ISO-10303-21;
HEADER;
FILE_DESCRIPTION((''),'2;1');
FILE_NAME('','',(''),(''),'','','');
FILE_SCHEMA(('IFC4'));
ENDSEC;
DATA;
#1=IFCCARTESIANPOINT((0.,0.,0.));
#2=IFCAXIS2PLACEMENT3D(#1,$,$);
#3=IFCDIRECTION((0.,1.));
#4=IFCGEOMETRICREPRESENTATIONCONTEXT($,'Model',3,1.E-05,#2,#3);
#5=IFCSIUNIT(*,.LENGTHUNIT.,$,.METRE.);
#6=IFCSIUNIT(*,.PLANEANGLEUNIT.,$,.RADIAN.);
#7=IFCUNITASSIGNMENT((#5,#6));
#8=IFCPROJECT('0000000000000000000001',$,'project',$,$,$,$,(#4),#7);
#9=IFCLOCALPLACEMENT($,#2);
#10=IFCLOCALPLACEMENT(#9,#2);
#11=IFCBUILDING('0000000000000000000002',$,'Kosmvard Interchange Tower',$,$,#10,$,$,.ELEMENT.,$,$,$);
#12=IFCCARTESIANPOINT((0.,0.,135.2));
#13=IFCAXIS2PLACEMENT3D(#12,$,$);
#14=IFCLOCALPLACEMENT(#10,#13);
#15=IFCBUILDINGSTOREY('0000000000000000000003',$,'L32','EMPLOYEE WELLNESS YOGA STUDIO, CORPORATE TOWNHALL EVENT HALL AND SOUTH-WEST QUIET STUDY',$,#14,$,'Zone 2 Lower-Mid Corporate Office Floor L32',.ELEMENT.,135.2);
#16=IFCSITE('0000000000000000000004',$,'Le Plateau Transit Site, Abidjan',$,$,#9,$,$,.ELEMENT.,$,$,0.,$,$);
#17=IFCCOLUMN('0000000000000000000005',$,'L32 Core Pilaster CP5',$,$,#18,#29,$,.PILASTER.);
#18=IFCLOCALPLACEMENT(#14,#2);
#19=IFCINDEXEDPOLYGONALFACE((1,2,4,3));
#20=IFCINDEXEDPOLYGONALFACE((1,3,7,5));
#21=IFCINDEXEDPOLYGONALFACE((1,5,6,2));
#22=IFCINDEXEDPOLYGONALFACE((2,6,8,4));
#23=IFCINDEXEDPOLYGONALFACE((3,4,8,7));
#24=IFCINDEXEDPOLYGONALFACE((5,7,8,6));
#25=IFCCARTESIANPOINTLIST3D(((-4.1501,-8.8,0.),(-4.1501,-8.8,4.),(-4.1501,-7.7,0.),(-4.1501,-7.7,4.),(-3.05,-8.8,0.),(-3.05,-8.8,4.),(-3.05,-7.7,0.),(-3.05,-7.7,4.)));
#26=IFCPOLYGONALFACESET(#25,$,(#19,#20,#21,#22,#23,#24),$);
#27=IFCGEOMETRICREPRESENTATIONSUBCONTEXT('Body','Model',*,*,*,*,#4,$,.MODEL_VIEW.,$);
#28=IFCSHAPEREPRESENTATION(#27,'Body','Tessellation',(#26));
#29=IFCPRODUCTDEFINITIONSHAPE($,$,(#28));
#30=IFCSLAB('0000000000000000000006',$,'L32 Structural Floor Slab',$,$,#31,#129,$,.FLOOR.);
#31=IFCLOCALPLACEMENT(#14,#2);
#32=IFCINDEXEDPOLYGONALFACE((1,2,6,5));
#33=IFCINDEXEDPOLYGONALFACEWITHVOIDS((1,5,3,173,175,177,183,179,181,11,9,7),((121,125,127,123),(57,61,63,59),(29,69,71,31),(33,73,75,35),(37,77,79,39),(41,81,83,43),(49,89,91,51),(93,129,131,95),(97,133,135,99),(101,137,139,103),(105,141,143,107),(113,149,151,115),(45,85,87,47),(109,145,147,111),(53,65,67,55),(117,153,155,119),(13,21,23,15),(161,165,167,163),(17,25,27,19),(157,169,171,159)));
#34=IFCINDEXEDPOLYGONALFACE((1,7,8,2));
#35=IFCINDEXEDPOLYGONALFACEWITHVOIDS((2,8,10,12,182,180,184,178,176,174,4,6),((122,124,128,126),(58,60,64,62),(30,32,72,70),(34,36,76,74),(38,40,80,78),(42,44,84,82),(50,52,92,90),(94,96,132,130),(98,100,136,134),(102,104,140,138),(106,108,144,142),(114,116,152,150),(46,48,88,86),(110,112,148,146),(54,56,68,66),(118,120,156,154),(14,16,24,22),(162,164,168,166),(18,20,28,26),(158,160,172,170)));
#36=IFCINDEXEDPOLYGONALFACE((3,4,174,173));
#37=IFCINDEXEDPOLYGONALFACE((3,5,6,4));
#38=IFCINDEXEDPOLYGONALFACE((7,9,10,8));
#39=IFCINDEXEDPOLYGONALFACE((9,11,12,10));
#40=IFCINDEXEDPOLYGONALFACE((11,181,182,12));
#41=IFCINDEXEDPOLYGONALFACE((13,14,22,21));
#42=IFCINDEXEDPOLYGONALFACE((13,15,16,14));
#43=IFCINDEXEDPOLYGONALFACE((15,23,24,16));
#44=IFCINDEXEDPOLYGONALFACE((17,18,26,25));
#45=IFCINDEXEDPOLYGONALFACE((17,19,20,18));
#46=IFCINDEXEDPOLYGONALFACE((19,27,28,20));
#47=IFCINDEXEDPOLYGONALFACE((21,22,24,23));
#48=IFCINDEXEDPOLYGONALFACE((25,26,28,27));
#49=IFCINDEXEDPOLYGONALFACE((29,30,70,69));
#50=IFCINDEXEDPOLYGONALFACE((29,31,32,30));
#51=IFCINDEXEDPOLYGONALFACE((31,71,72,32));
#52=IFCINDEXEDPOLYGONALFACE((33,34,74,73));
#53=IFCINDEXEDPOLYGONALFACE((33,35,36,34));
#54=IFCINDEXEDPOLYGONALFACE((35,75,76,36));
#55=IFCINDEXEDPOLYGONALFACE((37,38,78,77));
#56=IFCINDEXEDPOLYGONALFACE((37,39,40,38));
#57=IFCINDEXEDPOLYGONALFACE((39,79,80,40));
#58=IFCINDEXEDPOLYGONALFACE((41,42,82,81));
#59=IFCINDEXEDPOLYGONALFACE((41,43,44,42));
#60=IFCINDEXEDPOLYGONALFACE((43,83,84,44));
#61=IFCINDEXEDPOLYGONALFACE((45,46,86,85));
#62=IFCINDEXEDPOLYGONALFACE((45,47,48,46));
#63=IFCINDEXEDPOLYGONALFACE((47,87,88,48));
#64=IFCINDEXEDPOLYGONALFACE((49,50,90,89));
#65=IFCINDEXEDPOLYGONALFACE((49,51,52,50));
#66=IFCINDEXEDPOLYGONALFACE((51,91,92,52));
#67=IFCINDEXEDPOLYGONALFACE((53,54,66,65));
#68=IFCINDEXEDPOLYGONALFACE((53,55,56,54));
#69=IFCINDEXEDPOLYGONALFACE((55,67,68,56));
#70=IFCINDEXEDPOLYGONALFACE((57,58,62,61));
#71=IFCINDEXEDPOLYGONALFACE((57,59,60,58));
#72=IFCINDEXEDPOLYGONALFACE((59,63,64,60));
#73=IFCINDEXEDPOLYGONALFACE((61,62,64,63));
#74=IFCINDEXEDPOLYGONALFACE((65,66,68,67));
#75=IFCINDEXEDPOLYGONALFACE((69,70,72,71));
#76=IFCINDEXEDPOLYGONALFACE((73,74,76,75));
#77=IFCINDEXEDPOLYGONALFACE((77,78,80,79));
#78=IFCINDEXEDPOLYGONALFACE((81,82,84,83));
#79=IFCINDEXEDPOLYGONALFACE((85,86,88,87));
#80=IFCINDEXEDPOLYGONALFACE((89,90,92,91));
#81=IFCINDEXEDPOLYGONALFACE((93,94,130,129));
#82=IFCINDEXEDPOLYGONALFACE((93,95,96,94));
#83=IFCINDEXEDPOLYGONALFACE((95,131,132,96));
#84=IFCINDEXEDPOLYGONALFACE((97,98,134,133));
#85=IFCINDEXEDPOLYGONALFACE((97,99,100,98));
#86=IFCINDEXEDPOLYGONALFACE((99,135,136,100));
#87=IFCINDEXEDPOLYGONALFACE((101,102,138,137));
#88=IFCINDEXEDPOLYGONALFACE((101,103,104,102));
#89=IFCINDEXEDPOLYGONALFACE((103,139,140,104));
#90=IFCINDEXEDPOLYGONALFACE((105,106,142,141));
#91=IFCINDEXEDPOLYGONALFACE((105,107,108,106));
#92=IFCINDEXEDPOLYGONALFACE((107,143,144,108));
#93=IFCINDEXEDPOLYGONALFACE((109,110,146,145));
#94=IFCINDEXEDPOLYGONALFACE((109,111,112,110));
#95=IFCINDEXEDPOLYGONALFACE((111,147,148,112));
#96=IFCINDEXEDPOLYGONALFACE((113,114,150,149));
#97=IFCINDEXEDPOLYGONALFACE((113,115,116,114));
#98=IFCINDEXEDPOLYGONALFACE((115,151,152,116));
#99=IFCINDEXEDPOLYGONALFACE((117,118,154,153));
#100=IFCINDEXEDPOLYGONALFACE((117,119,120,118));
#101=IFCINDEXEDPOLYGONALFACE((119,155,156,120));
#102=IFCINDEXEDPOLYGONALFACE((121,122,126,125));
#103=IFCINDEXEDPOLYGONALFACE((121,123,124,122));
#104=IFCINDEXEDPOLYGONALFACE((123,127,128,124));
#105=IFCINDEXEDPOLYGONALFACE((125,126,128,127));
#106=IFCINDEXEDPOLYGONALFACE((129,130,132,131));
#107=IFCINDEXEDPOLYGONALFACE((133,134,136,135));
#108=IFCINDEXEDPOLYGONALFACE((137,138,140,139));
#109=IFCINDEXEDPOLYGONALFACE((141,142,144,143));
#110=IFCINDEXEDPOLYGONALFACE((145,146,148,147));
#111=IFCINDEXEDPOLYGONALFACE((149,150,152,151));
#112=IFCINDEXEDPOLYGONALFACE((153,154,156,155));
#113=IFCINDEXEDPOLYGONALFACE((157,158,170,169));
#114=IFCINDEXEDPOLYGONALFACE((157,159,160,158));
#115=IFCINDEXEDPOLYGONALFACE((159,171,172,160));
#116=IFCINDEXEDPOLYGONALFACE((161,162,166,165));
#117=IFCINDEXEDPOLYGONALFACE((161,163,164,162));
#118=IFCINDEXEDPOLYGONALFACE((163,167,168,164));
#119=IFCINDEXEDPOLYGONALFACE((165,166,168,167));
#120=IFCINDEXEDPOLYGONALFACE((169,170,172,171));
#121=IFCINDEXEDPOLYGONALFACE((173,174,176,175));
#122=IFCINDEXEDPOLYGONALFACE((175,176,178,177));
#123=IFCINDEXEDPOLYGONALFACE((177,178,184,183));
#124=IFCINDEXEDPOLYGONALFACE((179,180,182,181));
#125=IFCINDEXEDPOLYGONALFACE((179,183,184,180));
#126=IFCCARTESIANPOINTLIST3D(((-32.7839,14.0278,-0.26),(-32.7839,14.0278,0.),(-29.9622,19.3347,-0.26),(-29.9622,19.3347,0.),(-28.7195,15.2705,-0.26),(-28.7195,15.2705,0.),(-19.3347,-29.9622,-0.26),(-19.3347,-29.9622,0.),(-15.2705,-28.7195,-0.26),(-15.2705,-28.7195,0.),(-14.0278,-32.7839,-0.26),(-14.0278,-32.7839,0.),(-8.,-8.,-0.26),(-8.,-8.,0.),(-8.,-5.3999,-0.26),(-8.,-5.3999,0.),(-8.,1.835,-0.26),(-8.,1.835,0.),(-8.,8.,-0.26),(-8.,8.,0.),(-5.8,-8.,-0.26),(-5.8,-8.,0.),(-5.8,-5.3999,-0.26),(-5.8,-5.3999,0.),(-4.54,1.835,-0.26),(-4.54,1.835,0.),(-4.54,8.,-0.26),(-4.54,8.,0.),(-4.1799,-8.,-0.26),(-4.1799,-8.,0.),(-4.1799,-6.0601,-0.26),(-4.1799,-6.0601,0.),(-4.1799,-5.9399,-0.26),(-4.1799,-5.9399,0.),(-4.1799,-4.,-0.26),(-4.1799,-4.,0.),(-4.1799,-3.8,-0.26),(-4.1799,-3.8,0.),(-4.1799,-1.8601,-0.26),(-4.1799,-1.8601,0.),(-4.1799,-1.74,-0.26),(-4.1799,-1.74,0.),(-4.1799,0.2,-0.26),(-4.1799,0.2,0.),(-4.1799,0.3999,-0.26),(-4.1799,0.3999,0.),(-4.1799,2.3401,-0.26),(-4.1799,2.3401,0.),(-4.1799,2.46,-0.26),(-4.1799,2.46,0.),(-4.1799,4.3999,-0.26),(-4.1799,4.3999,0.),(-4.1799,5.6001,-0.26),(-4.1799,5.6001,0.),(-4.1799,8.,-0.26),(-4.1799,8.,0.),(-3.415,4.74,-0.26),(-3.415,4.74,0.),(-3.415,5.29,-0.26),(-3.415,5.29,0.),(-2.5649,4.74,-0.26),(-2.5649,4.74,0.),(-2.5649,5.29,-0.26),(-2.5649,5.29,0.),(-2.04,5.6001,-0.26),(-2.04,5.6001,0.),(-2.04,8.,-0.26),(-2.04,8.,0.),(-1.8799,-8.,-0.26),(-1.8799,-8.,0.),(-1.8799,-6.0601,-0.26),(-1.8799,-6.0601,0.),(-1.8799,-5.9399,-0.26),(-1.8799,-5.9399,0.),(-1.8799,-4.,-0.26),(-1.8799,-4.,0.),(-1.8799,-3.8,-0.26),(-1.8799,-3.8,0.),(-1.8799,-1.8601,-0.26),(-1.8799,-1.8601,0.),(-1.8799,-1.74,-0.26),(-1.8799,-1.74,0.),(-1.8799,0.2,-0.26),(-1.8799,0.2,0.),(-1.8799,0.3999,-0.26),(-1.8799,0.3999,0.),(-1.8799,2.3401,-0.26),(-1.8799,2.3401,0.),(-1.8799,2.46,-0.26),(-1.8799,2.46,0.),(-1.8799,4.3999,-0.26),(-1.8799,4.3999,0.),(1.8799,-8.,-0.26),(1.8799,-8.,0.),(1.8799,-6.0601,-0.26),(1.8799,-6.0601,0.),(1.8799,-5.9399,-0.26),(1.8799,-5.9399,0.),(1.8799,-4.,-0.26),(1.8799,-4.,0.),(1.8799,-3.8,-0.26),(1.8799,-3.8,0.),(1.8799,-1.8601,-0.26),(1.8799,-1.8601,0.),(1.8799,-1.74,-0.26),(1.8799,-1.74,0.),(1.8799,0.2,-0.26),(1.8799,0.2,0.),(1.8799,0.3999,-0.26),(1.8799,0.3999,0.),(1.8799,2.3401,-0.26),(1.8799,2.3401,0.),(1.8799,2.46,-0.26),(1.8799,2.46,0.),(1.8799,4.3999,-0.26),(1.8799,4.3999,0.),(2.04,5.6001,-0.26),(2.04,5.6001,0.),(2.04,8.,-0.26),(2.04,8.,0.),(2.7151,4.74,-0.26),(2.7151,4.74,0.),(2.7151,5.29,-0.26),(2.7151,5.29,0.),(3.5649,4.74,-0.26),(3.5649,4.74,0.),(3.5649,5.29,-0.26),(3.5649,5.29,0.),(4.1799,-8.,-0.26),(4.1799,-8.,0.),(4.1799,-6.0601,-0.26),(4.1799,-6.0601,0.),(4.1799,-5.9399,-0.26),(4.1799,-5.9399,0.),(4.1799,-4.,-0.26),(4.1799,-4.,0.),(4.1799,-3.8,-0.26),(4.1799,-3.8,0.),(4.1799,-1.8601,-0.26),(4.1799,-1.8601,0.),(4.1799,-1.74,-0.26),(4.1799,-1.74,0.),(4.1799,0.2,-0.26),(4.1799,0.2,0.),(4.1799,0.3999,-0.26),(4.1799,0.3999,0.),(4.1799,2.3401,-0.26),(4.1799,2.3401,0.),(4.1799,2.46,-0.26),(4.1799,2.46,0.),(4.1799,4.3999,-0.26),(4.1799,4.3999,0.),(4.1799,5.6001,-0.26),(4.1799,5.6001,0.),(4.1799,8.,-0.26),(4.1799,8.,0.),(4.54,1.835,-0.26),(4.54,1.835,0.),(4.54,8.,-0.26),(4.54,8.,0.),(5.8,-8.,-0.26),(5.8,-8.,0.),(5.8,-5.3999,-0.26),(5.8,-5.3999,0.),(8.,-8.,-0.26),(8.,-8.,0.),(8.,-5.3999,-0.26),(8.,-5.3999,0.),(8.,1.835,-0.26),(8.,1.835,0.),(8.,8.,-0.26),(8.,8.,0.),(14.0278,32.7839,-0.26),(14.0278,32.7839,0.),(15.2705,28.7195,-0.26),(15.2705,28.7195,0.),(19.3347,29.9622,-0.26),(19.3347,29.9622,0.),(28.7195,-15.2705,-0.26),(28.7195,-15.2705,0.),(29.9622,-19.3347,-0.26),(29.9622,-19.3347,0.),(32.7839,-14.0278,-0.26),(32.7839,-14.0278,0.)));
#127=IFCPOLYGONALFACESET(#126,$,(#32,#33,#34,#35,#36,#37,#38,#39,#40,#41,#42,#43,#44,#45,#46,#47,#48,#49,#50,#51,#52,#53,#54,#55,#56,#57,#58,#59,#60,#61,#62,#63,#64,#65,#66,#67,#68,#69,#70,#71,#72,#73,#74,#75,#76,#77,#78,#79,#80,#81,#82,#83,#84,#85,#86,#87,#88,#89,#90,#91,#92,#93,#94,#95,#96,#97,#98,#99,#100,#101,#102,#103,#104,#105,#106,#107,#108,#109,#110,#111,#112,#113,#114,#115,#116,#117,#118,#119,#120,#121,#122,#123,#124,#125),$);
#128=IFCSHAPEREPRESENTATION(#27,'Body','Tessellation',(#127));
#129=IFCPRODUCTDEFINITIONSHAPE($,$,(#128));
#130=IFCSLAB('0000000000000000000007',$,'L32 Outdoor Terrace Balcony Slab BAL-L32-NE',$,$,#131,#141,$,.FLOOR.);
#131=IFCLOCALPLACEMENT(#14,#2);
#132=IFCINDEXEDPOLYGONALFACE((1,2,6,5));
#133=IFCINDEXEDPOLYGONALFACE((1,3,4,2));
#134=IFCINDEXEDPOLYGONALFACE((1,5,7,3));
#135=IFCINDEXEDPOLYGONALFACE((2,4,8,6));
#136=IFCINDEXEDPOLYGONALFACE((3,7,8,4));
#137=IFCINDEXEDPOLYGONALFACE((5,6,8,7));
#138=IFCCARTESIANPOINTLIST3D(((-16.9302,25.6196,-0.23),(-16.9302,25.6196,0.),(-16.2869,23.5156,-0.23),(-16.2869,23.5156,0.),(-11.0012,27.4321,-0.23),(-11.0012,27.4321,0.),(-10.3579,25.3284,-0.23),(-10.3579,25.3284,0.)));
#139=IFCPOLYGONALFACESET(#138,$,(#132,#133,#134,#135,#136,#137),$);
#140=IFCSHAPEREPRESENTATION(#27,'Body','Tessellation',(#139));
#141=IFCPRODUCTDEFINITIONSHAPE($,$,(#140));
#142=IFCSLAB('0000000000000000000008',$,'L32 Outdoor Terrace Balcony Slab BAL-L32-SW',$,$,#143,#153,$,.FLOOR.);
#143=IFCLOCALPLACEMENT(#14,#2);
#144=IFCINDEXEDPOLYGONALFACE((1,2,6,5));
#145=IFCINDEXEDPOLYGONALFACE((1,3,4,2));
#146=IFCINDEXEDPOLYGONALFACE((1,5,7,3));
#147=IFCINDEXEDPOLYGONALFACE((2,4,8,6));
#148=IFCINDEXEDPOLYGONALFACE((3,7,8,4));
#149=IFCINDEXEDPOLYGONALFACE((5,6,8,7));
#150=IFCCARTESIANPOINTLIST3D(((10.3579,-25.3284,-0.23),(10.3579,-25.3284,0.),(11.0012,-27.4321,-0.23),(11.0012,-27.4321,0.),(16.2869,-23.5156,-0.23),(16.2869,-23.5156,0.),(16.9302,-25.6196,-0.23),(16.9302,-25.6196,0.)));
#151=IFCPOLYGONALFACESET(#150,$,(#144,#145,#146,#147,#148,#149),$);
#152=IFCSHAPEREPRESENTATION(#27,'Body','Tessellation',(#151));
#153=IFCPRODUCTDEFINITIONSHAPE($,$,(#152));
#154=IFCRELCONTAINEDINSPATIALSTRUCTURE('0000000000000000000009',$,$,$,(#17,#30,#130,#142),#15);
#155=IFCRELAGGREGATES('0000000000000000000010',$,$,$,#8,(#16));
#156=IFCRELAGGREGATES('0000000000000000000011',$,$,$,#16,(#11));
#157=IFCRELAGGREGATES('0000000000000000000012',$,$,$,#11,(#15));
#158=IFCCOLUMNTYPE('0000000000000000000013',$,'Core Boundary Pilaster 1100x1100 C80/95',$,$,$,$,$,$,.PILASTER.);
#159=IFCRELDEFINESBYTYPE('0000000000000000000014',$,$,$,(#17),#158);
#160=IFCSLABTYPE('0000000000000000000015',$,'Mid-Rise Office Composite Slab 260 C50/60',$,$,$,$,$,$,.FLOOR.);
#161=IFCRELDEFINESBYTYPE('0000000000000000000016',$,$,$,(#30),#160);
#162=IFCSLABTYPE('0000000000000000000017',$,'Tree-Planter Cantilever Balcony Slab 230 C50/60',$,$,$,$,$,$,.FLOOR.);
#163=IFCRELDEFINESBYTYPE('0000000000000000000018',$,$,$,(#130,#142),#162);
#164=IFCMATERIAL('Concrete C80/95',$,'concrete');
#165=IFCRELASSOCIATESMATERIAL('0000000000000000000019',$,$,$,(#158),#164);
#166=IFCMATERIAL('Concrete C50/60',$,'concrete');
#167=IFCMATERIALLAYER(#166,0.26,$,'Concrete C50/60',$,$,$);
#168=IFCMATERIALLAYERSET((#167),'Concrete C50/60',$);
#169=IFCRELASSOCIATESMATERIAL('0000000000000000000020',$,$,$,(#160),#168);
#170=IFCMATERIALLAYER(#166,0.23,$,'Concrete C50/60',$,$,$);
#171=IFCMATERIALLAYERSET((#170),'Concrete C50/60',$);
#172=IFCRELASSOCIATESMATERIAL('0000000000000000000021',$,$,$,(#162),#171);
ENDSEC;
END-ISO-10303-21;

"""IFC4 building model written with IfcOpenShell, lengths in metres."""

from ifc_helpers import new_model, si_unit, direction, frame, origin, origin_2d, place, context, subcontext, project, spatial, polyline, rectangle, outline, extrude, source, transform, mapped, material, layer, layer_set, material_profile, profile_set, type_object, element, save


model = new_model("IFC4")

# Units and contexts
model_context = context("Model", 3, precision=1e-05, world=origin(), true_north=direction((0.0, 1.0)))
body_context = subcontext(model_context, "Body", "Model", "MODEL_VIEW")
ifc_project = project(units=[si_unit("LENGTHUNIT", "METRE"), si_unit("PLANEANGLEUNIT", "RADIAN")], contexts=[model_context])

# Site, building, storey
site_placement = place(None, origin())
site = spatial("IfcSite", under=ifc_project, at=site_placement, Name="Le Plateau Transit Site, Abidjan", CompositionType="ELEMENT", RefElevation=0.0)
building_placement = place(site_placement, origin())
building = spatial("IfcBuilding", under=site, at=building_placement, Name="Kosmvard Interchange Tower", CompositionType="ELEMENT")
storey_placement = place(building_placement, frame((0.0, 0.0, 135.2)))
storey = spatial("IfcBuildingStorey", under=building, at=storey_placement, Name="L32", Description="EMPLOYEE WELLNESS YOGA STUDIO, CORPORATE TOWNHALL EVENT HALL AND SOUTH-WEST QUIET STUDY", LongName="Zone 2 Lower-Mid Corporate Office Floor L32", CompositionType="ELEMENT", Elevation=135.2)

# Column
ifc_material_1 = material(Name="Concrete C80/95", Category="concrete")
ifc_material_profile = material_profile(ifc_material_1, rectangle(XDim=1.1001, YDim=1.1001, at=origin_2d()), Name="CP 1100x1100")
ifc_profile_set = profile_set([ifc_material_profile], Name="Concrete C80/95")
column_type = type_object("IfcColumnType", Name="Core Boundary Pilaster 1100x1100 C80/95", PredefinedType="PILASTER", material=ifc_profile_set)
shared_shape_1 = source(origin(), body_context, "Body", "SweptSolid", [
    extrude(rectangle(XDim=1.1001, YDim=1.1001, at=origin_2d()), origin(), (0.0, 0.0, 1.0), 4.0),
])
column_placement = place(storey_placement, frame((-3.6001, -8.25, 0.0), z_axis=(0.0, 0.0, 1.0), x_axis=(1.0, 0.0, 0.0)))
element("IfcColumn", 1, at=column_placement, inside=storey, type_object=column_type, Name="L32 Core Pilaster CP5", PredefinedType="PILASTER", context=body_context, shape_type="MappedRepresentation", body=[
    mapped(shared_shape_1, transform((0.0, 0.0, 0.0), scale=1.0)),
])

# Slabs
ifc_material_2 = material(Name="Concrete C50/60", Category="concrete")
ifc_layer_1 = layer(ifc_material_2, 0.26, Name="Concrete C50/60")
ifc_layer_set_1 = layer_set([ifc_layer_1], Name="Concrete C50/60")
slab_type_1 = type_object("IfcSlabType", Name="Mid-Rise Office Composite Slab 260 C50/60", PredefinedType="FLOOR", material=ifc_layer_set_1)
slab_1_placement = place(storey_placement, frame((0.0, 0.0, -0.26)))
element("IfcSlab", 2, at=slab_1_placement, inside=storey, type_object=slab_type_1, Name="L32 Structural Floor Slab", PredefinedType="FLOOR", context=body_context, shape_type="SweptSolid", body=[
    extrude(outline(polyline([(-14.0278, -32.7839), (29.9622, -19.3347), (28.7195, -15.2705), (32.7839, -14.0278), (19.3347, 29.9622), (15.2705, 28.7195), (14.0278, 32.7839), (-29.9622, 19.3347), (-28.7195, 15.2705), (-32.7839, 14.0278), (-19.3347, -29.9622), (-15.2705, -28.7195), (-14.0278, -32.7839)]), holes=[polyline([(-8.0, 1.835), (-4.54, 1.835), (-4.54, 8.0), (-8.0, 8.0), (-8.0, 1.835)]), polyline([(4.54, 1.835), (8.0, 1.835), (8.0, 8.0), (4.54, 8.0), (4.54, 1.835)]), polyline([(-8.0, -8.0), (-5.8, -8.0), (-5.8, -5.3999), (-8.0, -5.3999), (-8.0, -8.0)]), polyline([(5.8, -8.0), (8.0, -8.0), (8.0, -5.3999), (5.8, -5.3999), (5.8, -8.0)]), polyline([(-4.1799, -8.0), (-1.8799, -8.0), (-1.8799, -6.0601), (-4.1799, -6.0601), (-4.1799, -8.0)]), polyline([(-4.1799, -5.9399), (-1.8799, -5.9399), (-1.8799, -4.0), (-4.1799, -4.0), (-4.1799, -5.9399)]), polyline([(1.8799, -8.0), (4.1799, -8.0), (4.1799, -6.0601), (1.8799, -6.0601), (1.8799, -8.0)]), polyline([(1.8799, -5.9399), (4.1799, -5.9399), (4.1799, -4.0), (1.8799, -4.0), (1.8799, -5.9399)]), polyline([(-4.1799, -3.8), (-1.8799, -3.8), (-1.8799, -1.8601), (-4.1799, -1.8601), (-4.1799, -3.8)]), polyline([(-4.1799, -1.74), (-1.8799, -1.74), (-1.8799, 0.2), (-4.1799, 0.2), (-4.1799, -1.74)]), polyline([(1.8799, -3.8), (4.1799, -3.8), (4.1799, -1.8601), (1.8799, -1.8601), (1.8799, -3.8)]), polyline([(1.8799, -1.74), (4.1799, -1.74), (4.1799, 0.2), (1.8799, 0.2), (1.8799, -1.74)]), polyline([(-4.1799, 0.3999), (-1.8799, 0.3999), (-1.8799, 2.3401), (-4.1799, 2.3401), (-4.1799, 0.3999)]), polyline([(-4.1799, 2.46), (-1.8799, 2.46), (-1.8799, 4.3999), (-4.1799, 4.3999), (-4.1799, 2.46)]), polyline([(1.8799, 0.3999), (4.1799, 0.3999), (4.1799, 2.3401), (1.8799, 2.3401), (1.8799, 0.3999)]), polyline([(1.8799, 2.46), (4.1799, 2.46), (4.1799, 4.3999), (1.8799, 4.3999), (1.8799, 2.46)]), polyline([(-4.1799, 5.6001), (-2.04, 5.6001), (-2.04, 8.0), (-4.1799, 8.0), (-4.1799, 5.6001)]), polyline([(2.04, 5.6001), (4.1799, 5.6001), (4.1799, 8.0), (2.04, 8.0), (2.04, 5.6001)]), polyline([(-3.415, 4.74), (-2.5649, 4.74), (-2.5649, 5.29), (-3.415, 5.29), (-3.415, 4.74)]), polyline([(2.7151, 4.74), (3.5649, 4.74), (3.5649, 5.29), (2.7151, 5.29), (2.7151, 4.74)])]), origin(), (0.0, 0.0, 1.0), 0.26),
])
ifc_layer_2 = layer(ifc_material_2, 0.23, Name="Concrete C50/60")
ifc_layer_set_2 = layer_set([ifc_layer_2], Name="Concrete C50/60")
slab_type_2 = type_object("IfcSlabType", Name="Tree-Planter Cantilever Balcony Slab 230 C50/60", PredefinedType="FLOOR", material=ifc_layer_set_2)
slab_2_placement = place(storey_placement, frame((0.0, 0.0, -0.23)))
element("IfcSlab", 3, at=slab_2_placement, inside=storey, type_object=slab_type_2, Name="L32 Outdoor Terrace Balcony Slab BAL-L32-NE", PredefinedType="FLOOR", context=body_context, shape_type="SweptSolid", body=[
    extrude(outline(polyline([(-16.2869, 23.5156), (-10.3579, 25.3284), (-11.0012, 27.4321), (-16.9302, 25.6196), (-16.2869, 23.5156)])), origin(), (0.0, 0.0, 1.0), 0.23),
])
slab_3_placement = place(storey_placement, frame((0.0, 0.0, -0.23)))
element("IfcSlab", 4, at=slab_3_placement, inside=storey, type_object=slab_type_2, Name="L32 Outdoor Terrace Balcony Slab BAL-L32-SW", PredefinedType="FLOOR", context=body_context, shape_type="SweptSolid", body=[
    extrude(outline(polyline([(11.0012, -27.4321), (16.9302, -25.6196), (16.2869, -23.5156), (10.3579, -25.3284), (11.0012, -27.4321)])), origin(), (0.0, 0.0, 1.0), 0.23),
])

save(model, "model.ifc")
